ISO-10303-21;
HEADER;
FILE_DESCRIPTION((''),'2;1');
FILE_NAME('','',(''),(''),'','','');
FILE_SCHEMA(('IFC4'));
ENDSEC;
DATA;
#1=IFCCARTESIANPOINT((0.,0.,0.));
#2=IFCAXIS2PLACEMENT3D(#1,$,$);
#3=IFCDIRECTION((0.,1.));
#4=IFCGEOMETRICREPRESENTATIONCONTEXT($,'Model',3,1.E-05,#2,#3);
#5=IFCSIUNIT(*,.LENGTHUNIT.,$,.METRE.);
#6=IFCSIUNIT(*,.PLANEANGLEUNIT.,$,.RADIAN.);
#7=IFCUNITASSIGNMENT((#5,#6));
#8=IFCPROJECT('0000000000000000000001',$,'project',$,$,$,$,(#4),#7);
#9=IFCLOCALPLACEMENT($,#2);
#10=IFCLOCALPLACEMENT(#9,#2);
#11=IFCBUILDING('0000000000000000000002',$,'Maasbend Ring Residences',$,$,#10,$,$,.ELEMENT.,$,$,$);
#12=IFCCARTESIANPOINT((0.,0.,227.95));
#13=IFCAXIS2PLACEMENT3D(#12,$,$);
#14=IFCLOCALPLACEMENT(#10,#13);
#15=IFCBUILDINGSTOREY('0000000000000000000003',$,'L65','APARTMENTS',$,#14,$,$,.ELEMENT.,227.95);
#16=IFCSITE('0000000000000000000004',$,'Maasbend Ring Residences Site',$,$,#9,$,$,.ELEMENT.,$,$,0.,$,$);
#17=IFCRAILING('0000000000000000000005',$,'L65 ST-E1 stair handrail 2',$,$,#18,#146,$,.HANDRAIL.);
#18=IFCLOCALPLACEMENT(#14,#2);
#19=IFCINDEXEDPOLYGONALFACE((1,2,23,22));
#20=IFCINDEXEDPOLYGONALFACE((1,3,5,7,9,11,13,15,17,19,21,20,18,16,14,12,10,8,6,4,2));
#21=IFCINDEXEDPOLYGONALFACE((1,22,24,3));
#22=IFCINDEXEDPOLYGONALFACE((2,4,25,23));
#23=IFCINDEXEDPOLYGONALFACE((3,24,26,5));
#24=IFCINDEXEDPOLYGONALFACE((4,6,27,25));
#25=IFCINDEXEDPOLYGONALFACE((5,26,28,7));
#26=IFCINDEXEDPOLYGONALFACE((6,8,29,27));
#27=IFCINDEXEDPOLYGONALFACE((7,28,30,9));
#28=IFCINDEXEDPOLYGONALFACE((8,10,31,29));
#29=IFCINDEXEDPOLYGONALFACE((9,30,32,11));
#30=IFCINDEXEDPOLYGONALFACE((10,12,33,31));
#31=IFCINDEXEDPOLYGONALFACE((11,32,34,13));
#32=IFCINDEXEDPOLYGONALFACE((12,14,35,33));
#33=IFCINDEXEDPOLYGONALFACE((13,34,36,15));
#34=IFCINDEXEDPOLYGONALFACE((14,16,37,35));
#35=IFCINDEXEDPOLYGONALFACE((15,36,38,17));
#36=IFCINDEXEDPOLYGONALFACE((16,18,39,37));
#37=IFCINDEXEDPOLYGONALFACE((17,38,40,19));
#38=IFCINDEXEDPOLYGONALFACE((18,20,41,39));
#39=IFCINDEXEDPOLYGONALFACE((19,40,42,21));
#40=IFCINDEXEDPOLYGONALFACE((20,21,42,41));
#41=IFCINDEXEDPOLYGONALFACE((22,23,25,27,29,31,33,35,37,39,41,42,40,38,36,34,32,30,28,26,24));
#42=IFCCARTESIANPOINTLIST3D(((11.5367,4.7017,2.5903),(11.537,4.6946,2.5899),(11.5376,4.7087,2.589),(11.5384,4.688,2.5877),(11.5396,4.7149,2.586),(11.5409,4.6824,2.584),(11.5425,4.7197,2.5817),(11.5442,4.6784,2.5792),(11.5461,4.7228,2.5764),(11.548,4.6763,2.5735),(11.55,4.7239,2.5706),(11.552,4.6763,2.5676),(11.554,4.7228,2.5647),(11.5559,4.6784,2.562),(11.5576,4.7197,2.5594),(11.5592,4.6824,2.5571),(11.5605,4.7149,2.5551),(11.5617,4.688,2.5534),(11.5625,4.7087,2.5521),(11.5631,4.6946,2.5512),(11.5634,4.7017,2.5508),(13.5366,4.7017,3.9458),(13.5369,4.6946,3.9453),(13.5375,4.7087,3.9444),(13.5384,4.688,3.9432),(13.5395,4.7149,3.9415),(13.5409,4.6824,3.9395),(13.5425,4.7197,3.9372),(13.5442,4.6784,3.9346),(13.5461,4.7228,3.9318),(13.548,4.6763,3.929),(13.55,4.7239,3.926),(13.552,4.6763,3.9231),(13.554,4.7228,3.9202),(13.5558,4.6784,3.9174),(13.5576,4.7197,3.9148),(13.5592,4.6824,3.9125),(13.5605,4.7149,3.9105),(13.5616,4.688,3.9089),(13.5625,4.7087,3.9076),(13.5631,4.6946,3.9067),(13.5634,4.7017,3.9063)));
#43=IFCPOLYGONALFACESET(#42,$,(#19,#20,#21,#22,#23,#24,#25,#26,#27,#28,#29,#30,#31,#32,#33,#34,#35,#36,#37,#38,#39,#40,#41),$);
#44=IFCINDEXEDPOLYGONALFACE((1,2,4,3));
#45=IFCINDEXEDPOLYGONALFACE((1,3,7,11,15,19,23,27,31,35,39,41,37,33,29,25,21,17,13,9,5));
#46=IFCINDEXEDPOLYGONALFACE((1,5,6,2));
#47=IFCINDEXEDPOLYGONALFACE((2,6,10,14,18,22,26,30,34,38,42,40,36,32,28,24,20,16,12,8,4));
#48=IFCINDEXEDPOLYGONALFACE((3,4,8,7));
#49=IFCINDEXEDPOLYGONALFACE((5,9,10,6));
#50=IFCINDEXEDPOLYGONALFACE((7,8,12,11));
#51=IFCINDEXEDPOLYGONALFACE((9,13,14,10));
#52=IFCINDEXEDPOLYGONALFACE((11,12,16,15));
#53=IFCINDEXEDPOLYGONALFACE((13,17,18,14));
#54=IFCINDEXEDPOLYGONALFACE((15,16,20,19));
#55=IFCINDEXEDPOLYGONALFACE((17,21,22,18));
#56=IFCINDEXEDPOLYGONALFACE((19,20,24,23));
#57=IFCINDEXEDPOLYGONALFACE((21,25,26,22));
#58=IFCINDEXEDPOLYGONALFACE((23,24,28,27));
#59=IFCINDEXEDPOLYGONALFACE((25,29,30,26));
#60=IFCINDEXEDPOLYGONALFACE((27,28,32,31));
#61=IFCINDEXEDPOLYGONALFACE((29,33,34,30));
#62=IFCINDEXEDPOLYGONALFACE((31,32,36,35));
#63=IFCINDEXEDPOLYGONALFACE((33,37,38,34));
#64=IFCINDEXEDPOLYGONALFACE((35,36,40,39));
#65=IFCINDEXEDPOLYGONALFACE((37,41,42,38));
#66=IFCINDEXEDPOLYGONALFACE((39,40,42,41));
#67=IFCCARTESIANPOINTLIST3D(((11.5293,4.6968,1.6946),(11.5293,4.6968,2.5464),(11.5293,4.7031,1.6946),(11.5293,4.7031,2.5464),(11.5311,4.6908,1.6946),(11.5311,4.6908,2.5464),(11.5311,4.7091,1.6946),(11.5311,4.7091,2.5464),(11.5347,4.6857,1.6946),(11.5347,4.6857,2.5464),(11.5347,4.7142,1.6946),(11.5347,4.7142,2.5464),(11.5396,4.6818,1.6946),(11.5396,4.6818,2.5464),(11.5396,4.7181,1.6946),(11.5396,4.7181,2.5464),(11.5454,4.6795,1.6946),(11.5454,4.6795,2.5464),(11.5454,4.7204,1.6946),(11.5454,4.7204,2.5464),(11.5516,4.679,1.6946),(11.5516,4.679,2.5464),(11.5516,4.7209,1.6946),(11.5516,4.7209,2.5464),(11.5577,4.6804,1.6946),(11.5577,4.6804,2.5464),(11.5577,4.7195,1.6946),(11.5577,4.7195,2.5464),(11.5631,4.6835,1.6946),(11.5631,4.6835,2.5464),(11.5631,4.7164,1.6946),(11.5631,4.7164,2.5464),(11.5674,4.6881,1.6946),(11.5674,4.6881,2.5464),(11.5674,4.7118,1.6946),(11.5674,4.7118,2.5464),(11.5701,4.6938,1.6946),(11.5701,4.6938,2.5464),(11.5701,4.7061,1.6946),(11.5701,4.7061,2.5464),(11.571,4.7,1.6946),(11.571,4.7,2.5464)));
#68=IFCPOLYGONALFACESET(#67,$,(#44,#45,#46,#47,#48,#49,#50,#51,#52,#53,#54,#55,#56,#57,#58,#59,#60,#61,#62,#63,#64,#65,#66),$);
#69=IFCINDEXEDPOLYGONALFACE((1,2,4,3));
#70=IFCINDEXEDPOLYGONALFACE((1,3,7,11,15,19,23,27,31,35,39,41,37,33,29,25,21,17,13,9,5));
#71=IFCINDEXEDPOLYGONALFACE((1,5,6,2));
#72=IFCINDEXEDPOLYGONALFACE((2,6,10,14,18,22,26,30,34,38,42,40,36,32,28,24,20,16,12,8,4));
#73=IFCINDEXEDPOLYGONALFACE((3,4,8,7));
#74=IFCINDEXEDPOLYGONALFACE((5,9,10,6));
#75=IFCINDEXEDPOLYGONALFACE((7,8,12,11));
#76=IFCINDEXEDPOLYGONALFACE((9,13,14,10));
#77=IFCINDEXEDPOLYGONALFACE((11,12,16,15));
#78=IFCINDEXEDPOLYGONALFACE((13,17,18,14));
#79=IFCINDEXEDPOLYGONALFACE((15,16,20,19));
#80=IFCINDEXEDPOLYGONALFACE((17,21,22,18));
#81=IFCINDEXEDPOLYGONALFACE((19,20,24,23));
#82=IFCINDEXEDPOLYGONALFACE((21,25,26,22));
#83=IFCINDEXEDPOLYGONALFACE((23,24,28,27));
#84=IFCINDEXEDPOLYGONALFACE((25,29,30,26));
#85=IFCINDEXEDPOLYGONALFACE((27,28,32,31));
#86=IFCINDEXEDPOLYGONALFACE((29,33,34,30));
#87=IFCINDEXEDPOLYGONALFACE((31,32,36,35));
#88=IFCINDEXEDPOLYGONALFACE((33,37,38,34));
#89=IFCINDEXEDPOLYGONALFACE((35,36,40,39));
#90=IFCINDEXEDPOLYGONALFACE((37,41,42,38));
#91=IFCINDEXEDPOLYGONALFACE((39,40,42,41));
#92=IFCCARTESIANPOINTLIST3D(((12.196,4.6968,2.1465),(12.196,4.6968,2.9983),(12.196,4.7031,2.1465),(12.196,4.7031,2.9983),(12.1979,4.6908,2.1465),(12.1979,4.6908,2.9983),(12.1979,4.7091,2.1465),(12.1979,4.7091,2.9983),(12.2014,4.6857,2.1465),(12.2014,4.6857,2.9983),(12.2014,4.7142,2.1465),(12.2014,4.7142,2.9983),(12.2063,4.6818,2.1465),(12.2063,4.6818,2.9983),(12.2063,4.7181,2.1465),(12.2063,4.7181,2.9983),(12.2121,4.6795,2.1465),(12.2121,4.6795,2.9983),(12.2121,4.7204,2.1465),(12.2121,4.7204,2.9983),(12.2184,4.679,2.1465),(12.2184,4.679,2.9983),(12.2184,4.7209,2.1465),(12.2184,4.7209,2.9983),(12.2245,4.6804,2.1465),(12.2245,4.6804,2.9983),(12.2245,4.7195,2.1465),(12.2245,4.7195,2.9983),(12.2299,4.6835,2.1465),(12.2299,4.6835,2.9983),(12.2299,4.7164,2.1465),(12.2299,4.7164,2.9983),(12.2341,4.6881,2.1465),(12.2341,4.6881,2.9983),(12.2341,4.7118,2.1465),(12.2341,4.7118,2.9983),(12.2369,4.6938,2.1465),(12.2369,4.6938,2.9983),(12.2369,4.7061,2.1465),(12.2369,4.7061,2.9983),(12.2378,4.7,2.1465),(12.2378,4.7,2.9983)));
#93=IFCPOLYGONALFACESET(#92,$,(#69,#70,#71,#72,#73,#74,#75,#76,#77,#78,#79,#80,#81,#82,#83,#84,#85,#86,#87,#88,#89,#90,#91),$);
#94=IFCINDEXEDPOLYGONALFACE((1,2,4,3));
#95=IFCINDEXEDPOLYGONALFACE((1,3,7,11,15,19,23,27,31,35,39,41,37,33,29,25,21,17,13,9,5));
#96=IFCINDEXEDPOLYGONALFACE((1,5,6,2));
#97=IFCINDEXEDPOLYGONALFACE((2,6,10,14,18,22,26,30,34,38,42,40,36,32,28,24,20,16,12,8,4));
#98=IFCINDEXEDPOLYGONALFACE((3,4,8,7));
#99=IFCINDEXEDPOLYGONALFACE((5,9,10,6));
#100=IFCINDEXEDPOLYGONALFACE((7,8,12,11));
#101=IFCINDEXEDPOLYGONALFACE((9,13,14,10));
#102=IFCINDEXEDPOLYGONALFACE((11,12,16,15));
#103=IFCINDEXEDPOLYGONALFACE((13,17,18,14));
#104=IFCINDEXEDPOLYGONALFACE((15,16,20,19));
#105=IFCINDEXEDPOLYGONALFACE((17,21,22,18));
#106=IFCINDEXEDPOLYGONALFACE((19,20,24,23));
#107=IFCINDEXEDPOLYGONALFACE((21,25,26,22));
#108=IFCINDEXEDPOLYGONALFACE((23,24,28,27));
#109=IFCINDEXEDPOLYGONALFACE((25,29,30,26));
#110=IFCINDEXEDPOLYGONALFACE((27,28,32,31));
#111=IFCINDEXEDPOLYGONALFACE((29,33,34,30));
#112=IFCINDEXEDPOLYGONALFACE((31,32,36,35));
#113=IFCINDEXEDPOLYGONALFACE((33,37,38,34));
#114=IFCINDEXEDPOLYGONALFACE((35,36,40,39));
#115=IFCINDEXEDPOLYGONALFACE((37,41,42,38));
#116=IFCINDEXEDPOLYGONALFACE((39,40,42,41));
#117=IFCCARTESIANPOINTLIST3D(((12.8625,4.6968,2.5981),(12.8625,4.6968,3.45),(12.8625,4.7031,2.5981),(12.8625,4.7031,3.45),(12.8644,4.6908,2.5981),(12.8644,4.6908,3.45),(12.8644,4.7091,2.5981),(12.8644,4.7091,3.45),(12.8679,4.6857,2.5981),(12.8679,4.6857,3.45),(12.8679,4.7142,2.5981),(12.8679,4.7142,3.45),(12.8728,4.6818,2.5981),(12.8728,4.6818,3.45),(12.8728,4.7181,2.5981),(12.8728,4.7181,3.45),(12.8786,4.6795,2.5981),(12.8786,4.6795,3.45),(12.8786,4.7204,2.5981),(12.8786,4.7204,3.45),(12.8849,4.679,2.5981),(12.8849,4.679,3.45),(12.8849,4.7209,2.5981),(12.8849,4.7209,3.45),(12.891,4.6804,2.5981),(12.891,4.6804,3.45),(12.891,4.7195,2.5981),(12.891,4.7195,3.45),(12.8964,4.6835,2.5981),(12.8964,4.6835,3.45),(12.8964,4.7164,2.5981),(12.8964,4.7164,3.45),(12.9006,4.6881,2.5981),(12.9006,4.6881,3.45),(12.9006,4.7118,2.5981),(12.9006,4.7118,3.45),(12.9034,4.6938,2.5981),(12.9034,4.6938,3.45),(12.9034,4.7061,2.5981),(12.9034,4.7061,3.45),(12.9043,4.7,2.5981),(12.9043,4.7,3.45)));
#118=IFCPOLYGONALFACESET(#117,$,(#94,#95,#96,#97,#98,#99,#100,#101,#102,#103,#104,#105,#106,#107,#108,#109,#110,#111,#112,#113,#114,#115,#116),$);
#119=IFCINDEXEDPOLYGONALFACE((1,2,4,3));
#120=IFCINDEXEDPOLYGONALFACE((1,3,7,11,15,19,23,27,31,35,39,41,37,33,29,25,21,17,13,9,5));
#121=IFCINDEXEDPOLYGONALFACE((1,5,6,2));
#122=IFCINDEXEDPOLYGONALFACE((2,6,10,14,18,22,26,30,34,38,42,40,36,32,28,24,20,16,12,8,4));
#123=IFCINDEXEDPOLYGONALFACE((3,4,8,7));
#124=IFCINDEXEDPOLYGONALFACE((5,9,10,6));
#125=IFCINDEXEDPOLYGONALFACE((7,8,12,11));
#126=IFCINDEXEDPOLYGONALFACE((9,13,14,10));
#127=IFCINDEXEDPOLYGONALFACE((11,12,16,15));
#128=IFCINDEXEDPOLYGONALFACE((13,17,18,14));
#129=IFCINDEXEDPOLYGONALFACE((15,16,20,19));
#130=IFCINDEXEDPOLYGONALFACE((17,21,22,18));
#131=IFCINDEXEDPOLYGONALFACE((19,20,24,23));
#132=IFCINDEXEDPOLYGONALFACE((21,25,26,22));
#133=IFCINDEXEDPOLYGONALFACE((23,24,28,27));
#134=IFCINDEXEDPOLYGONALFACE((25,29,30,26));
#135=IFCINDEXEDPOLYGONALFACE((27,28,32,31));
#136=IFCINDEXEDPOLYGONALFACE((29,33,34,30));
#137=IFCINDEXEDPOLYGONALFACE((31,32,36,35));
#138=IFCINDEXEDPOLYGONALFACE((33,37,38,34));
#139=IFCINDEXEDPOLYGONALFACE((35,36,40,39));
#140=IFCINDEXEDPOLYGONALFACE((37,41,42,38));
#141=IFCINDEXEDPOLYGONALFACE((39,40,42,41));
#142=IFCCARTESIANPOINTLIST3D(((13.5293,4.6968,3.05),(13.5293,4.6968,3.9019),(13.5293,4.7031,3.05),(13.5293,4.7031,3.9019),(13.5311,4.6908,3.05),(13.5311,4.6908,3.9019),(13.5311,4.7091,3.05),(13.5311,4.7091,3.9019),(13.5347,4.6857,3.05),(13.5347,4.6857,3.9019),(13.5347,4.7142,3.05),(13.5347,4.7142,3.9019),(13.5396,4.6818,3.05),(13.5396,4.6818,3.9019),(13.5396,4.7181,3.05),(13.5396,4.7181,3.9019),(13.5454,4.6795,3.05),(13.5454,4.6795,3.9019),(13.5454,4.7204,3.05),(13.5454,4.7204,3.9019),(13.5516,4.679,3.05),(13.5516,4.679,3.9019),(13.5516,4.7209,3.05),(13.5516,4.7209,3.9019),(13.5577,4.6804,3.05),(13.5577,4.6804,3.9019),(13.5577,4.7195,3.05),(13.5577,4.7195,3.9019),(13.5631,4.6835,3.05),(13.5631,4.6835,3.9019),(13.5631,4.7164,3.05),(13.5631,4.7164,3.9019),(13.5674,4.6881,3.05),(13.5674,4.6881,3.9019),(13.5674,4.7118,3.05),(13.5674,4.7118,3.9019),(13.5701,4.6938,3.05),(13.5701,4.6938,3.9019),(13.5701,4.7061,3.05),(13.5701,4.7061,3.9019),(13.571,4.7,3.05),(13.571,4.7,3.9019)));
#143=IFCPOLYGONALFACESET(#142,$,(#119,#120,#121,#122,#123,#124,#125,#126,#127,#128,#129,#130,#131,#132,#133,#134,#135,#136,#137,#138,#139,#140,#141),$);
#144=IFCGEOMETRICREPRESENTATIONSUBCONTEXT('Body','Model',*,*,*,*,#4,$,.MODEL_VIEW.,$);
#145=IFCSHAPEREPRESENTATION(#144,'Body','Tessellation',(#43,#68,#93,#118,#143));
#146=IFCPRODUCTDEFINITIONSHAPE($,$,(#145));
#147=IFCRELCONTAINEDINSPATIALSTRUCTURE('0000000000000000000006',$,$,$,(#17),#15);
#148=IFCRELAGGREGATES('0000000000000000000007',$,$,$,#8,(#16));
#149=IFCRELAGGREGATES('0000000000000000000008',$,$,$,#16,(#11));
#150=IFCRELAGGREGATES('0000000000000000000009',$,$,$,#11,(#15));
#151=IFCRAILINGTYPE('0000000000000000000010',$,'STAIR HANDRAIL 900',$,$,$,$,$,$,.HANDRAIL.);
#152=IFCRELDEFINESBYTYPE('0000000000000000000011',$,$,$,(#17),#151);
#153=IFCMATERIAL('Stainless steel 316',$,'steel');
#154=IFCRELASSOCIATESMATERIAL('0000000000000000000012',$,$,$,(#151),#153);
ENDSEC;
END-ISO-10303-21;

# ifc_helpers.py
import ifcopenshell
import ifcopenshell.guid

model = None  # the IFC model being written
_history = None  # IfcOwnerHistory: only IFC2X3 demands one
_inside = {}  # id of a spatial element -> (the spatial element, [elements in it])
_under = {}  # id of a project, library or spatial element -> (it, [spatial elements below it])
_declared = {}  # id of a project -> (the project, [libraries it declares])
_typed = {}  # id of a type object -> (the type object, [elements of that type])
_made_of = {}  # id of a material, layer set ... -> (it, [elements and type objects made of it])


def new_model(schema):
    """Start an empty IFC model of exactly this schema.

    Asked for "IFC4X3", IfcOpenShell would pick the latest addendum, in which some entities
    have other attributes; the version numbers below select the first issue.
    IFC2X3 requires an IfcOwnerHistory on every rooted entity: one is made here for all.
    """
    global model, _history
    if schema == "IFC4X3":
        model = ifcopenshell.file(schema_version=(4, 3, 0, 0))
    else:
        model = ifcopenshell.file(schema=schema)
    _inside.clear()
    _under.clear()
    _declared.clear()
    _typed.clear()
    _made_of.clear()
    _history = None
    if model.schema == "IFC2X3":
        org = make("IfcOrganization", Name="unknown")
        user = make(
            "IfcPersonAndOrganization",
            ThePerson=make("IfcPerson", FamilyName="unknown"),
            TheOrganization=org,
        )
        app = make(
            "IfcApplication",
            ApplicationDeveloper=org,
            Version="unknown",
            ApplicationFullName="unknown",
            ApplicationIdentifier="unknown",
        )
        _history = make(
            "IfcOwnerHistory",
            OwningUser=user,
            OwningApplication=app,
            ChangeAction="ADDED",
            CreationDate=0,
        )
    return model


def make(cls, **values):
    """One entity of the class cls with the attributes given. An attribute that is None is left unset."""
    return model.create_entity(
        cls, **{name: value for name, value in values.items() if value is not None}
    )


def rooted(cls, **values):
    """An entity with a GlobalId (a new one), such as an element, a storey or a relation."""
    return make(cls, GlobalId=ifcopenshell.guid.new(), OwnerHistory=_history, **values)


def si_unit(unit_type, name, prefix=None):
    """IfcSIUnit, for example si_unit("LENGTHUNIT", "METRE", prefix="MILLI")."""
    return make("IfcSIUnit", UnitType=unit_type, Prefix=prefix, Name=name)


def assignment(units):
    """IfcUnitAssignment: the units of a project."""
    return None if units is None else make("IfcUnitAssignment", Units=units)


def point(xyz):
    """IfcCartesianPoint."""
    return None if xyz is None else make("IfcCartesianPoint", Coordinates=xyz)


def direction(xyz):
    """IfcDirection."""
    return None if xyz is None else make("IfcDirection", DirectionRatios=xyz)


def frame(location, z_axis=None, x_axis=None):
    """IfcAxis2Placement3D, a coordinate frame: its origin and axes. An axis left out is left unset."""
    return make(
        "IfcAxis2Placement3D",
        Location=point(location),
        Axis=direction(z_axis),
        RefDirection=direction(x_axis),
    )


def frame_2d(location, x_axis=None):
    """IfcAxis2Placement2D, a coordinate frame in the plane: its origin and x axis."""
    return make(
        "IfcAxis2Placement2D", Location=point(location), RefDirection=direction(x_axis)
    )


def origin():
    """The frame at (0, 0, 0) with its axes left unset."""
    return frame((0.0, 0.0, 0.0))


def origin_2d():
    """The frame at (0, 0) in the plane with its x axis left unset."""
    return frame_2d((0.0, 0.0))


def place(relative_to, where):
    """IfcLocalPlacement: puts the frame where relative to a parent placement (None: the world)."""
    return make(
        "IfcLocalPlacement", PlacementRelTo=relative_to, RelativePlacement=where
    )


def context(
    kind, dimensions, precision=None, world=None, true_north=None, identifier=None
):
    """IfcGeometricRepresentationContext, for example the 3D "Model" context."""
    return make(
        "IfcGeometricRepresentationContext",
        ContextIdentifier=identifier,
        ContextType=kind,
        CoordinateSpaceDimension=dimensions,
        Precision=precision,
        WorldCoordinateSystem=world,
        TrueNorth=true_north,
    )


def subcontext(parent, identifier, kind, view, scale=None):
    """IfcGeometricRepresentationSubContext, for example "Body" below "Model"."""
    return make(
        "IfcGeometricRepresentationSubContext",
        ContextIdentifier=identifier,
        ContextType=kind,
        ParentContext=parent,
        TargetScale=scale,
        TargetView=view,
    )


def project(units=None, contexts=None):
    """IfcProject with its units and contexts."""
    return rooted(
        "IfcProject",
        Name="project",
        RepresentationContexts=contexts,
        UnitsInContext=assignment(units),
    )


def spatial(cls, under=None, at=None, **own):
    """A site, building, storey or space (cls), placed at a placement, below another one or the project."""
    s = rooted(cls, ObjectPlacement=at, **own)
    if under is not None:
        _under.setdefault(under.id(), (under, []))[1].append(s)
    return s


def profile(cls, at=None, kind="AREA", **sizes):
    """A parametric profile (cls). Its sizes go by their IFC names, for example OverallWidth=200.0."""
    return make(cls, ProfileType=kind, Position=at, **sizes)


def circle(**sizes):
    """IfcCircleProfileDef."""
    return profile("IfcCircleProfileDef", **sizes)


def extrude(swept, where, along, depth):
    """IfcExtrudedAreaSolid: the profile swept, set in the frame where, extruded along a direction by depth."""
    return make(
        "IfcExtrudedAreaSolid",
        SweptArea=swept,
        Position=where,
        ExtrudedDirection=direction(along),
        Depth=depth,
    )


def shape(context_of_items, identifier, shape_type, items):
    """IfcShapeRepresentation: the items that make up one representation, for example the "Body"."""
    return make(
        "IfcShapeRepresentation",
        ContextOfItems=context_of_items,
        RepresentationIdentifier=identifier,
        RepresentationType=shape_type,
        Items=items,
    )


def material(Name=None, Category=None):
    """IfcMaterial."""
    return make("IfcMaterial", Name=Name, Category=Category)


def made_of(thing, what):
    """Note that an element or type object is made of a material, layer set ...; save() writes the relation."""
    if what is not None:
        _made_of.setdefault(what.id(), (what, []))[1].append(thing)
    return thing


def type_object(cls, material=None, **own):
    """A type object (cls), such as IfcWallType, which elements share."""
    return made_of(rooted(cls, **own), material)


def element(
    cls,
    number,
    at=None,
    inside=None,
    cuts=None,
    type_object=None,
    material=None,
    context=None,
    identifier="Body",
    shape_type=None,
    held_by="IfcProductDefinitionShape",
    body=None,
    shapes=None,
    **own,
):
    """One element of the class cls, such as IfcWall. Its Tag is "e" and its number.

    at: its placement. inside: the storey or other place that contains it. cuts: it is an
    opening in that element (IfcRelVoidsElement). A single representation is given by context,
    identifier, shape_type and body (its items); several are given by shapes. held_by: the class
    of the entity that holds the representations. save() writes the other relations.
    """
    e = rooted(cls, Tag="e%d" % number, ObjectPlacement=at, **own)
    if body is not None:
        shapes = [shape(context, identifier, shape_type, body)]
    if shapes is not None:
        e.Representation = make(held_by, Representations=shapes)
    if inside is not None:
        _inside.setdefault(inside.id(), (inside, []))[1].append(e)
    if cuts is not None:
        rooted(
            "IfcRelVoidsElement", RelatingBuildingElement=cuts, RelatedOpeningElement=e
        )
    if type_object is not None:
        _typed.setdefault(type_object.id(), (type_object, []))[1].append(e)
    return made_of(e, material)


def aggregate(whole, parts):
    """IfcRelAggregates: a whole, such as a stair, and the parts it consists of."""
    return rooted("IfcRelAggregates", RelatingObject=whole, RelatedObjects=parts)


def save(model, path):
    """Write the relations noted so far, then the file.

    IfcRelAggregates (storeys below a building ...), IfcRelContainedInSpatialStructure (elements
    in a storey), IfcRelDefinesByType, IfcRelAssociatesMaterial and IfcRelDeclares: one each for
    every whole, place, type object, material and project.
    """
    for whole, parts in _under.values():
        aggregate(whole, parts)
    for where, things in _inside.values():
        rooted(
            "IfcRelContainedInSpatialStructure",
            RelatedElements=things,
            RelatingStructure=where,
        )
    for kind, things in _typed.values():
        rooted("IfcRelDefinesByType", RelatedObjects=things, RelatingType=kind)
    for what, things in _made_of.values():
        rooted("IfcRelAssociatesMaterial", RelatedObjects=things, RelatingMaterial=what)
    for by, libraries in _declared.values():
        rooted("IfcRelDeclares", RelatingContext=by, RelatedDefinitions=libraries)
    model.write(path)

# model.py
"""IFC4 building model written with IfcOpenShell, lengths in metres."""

from ifc_helpers import new_model, si_unit, direction, frame, origin, origin_2d, place, context, subcontext, project, spatial, circle, extrude, material, type_object, element, save


model = new_model("IFC4")

# Units and contexts
model_context = context("Model", 3, precision=1e-05, world=origin(), true_north=direction((0.0, 1.0)))
body_context = subcontext(model_context, "Body", "Model", "MODEL_VIEW")
ifc_project = project(units=[si_unit("LENGTHUNIT", "METRE"), si_unit("PLANEANGLEUNIT", "RADIAN")], contexts=[model_context])

# Site, building, storey
site_placement = place(None, origin())
site = spatial("IfcSite", under=ifc_project, at=site_placement, Name="Maasbend Ring Residences Site", CompositionType="ELEMENT", RefElevation=0.0)
building_placement = place(site_placement, origin())
building = spatial("IfcBuilding", under=site, at=building_placement, Name="Maasbend Ring Residences", CompositionType="ELEMENT")
storey_placement = place(building_placement, frame((0.0, 0.0, 227.95)))
storey = spatial("IfcBuildingStorey", under=building, at=storey_placement, Name="L65", Description="APARTMENTS", CompositionType="ELEMENT", Elevation=227.95)

# Railing
ifc_material_1 = material(Name="Stainless steel 316", Category="steel")
railing_type_1 = type_object("IfcRailingType", Name="STAIR HANDRAIL 900", PredefinedType="HANDRAIL", material=ifc_material_1)
railing_1_placement = place(storey_placement, frame((11.55, 4.7, 1.6946)))
element("IfcRailing", 1, at=railing_1_placement, inside=storey, type_object=railing_type_1, Name="L65 ST-E1 stair handrail 2", PredefinedType="HANDRAIL", context=body_context, shape_type="SweptSolid", body=[
    extrude(circle(Radius=0.0239, at=origin_2d()), frame((0.0, 0.0, 0.876), z_axis=(0.827798, 0.0, 0.561027), x_axis=(0.0, 1.0, 0.0)), (0.0, 0.0, 1.0), 2.416),
    extrude(circle(Radius=0.021, at=origin_2d()), origin(), (0.0, 0.0, 1.0), 0.8518),
    extrude(circle(Radius=0.021, at=origin_2d()), frame((0.6667, 0.0, 0.4519)), (0.0, 0.0, 1.0), 0.8518),
    extrude(circle(Radius=0.021, at=origin_2d()), frame((1.3333, 0.0, 0.9036)), (0.0, 0.0, 1.0), 0.8518),
    extrude(circle(Radius=0.021, at=origin_2d()), frame((2.0, 0.0, 1.3555)), (0.0, 0.0, 1.0), 0.8518),
])

save(model, "model.ifc")
